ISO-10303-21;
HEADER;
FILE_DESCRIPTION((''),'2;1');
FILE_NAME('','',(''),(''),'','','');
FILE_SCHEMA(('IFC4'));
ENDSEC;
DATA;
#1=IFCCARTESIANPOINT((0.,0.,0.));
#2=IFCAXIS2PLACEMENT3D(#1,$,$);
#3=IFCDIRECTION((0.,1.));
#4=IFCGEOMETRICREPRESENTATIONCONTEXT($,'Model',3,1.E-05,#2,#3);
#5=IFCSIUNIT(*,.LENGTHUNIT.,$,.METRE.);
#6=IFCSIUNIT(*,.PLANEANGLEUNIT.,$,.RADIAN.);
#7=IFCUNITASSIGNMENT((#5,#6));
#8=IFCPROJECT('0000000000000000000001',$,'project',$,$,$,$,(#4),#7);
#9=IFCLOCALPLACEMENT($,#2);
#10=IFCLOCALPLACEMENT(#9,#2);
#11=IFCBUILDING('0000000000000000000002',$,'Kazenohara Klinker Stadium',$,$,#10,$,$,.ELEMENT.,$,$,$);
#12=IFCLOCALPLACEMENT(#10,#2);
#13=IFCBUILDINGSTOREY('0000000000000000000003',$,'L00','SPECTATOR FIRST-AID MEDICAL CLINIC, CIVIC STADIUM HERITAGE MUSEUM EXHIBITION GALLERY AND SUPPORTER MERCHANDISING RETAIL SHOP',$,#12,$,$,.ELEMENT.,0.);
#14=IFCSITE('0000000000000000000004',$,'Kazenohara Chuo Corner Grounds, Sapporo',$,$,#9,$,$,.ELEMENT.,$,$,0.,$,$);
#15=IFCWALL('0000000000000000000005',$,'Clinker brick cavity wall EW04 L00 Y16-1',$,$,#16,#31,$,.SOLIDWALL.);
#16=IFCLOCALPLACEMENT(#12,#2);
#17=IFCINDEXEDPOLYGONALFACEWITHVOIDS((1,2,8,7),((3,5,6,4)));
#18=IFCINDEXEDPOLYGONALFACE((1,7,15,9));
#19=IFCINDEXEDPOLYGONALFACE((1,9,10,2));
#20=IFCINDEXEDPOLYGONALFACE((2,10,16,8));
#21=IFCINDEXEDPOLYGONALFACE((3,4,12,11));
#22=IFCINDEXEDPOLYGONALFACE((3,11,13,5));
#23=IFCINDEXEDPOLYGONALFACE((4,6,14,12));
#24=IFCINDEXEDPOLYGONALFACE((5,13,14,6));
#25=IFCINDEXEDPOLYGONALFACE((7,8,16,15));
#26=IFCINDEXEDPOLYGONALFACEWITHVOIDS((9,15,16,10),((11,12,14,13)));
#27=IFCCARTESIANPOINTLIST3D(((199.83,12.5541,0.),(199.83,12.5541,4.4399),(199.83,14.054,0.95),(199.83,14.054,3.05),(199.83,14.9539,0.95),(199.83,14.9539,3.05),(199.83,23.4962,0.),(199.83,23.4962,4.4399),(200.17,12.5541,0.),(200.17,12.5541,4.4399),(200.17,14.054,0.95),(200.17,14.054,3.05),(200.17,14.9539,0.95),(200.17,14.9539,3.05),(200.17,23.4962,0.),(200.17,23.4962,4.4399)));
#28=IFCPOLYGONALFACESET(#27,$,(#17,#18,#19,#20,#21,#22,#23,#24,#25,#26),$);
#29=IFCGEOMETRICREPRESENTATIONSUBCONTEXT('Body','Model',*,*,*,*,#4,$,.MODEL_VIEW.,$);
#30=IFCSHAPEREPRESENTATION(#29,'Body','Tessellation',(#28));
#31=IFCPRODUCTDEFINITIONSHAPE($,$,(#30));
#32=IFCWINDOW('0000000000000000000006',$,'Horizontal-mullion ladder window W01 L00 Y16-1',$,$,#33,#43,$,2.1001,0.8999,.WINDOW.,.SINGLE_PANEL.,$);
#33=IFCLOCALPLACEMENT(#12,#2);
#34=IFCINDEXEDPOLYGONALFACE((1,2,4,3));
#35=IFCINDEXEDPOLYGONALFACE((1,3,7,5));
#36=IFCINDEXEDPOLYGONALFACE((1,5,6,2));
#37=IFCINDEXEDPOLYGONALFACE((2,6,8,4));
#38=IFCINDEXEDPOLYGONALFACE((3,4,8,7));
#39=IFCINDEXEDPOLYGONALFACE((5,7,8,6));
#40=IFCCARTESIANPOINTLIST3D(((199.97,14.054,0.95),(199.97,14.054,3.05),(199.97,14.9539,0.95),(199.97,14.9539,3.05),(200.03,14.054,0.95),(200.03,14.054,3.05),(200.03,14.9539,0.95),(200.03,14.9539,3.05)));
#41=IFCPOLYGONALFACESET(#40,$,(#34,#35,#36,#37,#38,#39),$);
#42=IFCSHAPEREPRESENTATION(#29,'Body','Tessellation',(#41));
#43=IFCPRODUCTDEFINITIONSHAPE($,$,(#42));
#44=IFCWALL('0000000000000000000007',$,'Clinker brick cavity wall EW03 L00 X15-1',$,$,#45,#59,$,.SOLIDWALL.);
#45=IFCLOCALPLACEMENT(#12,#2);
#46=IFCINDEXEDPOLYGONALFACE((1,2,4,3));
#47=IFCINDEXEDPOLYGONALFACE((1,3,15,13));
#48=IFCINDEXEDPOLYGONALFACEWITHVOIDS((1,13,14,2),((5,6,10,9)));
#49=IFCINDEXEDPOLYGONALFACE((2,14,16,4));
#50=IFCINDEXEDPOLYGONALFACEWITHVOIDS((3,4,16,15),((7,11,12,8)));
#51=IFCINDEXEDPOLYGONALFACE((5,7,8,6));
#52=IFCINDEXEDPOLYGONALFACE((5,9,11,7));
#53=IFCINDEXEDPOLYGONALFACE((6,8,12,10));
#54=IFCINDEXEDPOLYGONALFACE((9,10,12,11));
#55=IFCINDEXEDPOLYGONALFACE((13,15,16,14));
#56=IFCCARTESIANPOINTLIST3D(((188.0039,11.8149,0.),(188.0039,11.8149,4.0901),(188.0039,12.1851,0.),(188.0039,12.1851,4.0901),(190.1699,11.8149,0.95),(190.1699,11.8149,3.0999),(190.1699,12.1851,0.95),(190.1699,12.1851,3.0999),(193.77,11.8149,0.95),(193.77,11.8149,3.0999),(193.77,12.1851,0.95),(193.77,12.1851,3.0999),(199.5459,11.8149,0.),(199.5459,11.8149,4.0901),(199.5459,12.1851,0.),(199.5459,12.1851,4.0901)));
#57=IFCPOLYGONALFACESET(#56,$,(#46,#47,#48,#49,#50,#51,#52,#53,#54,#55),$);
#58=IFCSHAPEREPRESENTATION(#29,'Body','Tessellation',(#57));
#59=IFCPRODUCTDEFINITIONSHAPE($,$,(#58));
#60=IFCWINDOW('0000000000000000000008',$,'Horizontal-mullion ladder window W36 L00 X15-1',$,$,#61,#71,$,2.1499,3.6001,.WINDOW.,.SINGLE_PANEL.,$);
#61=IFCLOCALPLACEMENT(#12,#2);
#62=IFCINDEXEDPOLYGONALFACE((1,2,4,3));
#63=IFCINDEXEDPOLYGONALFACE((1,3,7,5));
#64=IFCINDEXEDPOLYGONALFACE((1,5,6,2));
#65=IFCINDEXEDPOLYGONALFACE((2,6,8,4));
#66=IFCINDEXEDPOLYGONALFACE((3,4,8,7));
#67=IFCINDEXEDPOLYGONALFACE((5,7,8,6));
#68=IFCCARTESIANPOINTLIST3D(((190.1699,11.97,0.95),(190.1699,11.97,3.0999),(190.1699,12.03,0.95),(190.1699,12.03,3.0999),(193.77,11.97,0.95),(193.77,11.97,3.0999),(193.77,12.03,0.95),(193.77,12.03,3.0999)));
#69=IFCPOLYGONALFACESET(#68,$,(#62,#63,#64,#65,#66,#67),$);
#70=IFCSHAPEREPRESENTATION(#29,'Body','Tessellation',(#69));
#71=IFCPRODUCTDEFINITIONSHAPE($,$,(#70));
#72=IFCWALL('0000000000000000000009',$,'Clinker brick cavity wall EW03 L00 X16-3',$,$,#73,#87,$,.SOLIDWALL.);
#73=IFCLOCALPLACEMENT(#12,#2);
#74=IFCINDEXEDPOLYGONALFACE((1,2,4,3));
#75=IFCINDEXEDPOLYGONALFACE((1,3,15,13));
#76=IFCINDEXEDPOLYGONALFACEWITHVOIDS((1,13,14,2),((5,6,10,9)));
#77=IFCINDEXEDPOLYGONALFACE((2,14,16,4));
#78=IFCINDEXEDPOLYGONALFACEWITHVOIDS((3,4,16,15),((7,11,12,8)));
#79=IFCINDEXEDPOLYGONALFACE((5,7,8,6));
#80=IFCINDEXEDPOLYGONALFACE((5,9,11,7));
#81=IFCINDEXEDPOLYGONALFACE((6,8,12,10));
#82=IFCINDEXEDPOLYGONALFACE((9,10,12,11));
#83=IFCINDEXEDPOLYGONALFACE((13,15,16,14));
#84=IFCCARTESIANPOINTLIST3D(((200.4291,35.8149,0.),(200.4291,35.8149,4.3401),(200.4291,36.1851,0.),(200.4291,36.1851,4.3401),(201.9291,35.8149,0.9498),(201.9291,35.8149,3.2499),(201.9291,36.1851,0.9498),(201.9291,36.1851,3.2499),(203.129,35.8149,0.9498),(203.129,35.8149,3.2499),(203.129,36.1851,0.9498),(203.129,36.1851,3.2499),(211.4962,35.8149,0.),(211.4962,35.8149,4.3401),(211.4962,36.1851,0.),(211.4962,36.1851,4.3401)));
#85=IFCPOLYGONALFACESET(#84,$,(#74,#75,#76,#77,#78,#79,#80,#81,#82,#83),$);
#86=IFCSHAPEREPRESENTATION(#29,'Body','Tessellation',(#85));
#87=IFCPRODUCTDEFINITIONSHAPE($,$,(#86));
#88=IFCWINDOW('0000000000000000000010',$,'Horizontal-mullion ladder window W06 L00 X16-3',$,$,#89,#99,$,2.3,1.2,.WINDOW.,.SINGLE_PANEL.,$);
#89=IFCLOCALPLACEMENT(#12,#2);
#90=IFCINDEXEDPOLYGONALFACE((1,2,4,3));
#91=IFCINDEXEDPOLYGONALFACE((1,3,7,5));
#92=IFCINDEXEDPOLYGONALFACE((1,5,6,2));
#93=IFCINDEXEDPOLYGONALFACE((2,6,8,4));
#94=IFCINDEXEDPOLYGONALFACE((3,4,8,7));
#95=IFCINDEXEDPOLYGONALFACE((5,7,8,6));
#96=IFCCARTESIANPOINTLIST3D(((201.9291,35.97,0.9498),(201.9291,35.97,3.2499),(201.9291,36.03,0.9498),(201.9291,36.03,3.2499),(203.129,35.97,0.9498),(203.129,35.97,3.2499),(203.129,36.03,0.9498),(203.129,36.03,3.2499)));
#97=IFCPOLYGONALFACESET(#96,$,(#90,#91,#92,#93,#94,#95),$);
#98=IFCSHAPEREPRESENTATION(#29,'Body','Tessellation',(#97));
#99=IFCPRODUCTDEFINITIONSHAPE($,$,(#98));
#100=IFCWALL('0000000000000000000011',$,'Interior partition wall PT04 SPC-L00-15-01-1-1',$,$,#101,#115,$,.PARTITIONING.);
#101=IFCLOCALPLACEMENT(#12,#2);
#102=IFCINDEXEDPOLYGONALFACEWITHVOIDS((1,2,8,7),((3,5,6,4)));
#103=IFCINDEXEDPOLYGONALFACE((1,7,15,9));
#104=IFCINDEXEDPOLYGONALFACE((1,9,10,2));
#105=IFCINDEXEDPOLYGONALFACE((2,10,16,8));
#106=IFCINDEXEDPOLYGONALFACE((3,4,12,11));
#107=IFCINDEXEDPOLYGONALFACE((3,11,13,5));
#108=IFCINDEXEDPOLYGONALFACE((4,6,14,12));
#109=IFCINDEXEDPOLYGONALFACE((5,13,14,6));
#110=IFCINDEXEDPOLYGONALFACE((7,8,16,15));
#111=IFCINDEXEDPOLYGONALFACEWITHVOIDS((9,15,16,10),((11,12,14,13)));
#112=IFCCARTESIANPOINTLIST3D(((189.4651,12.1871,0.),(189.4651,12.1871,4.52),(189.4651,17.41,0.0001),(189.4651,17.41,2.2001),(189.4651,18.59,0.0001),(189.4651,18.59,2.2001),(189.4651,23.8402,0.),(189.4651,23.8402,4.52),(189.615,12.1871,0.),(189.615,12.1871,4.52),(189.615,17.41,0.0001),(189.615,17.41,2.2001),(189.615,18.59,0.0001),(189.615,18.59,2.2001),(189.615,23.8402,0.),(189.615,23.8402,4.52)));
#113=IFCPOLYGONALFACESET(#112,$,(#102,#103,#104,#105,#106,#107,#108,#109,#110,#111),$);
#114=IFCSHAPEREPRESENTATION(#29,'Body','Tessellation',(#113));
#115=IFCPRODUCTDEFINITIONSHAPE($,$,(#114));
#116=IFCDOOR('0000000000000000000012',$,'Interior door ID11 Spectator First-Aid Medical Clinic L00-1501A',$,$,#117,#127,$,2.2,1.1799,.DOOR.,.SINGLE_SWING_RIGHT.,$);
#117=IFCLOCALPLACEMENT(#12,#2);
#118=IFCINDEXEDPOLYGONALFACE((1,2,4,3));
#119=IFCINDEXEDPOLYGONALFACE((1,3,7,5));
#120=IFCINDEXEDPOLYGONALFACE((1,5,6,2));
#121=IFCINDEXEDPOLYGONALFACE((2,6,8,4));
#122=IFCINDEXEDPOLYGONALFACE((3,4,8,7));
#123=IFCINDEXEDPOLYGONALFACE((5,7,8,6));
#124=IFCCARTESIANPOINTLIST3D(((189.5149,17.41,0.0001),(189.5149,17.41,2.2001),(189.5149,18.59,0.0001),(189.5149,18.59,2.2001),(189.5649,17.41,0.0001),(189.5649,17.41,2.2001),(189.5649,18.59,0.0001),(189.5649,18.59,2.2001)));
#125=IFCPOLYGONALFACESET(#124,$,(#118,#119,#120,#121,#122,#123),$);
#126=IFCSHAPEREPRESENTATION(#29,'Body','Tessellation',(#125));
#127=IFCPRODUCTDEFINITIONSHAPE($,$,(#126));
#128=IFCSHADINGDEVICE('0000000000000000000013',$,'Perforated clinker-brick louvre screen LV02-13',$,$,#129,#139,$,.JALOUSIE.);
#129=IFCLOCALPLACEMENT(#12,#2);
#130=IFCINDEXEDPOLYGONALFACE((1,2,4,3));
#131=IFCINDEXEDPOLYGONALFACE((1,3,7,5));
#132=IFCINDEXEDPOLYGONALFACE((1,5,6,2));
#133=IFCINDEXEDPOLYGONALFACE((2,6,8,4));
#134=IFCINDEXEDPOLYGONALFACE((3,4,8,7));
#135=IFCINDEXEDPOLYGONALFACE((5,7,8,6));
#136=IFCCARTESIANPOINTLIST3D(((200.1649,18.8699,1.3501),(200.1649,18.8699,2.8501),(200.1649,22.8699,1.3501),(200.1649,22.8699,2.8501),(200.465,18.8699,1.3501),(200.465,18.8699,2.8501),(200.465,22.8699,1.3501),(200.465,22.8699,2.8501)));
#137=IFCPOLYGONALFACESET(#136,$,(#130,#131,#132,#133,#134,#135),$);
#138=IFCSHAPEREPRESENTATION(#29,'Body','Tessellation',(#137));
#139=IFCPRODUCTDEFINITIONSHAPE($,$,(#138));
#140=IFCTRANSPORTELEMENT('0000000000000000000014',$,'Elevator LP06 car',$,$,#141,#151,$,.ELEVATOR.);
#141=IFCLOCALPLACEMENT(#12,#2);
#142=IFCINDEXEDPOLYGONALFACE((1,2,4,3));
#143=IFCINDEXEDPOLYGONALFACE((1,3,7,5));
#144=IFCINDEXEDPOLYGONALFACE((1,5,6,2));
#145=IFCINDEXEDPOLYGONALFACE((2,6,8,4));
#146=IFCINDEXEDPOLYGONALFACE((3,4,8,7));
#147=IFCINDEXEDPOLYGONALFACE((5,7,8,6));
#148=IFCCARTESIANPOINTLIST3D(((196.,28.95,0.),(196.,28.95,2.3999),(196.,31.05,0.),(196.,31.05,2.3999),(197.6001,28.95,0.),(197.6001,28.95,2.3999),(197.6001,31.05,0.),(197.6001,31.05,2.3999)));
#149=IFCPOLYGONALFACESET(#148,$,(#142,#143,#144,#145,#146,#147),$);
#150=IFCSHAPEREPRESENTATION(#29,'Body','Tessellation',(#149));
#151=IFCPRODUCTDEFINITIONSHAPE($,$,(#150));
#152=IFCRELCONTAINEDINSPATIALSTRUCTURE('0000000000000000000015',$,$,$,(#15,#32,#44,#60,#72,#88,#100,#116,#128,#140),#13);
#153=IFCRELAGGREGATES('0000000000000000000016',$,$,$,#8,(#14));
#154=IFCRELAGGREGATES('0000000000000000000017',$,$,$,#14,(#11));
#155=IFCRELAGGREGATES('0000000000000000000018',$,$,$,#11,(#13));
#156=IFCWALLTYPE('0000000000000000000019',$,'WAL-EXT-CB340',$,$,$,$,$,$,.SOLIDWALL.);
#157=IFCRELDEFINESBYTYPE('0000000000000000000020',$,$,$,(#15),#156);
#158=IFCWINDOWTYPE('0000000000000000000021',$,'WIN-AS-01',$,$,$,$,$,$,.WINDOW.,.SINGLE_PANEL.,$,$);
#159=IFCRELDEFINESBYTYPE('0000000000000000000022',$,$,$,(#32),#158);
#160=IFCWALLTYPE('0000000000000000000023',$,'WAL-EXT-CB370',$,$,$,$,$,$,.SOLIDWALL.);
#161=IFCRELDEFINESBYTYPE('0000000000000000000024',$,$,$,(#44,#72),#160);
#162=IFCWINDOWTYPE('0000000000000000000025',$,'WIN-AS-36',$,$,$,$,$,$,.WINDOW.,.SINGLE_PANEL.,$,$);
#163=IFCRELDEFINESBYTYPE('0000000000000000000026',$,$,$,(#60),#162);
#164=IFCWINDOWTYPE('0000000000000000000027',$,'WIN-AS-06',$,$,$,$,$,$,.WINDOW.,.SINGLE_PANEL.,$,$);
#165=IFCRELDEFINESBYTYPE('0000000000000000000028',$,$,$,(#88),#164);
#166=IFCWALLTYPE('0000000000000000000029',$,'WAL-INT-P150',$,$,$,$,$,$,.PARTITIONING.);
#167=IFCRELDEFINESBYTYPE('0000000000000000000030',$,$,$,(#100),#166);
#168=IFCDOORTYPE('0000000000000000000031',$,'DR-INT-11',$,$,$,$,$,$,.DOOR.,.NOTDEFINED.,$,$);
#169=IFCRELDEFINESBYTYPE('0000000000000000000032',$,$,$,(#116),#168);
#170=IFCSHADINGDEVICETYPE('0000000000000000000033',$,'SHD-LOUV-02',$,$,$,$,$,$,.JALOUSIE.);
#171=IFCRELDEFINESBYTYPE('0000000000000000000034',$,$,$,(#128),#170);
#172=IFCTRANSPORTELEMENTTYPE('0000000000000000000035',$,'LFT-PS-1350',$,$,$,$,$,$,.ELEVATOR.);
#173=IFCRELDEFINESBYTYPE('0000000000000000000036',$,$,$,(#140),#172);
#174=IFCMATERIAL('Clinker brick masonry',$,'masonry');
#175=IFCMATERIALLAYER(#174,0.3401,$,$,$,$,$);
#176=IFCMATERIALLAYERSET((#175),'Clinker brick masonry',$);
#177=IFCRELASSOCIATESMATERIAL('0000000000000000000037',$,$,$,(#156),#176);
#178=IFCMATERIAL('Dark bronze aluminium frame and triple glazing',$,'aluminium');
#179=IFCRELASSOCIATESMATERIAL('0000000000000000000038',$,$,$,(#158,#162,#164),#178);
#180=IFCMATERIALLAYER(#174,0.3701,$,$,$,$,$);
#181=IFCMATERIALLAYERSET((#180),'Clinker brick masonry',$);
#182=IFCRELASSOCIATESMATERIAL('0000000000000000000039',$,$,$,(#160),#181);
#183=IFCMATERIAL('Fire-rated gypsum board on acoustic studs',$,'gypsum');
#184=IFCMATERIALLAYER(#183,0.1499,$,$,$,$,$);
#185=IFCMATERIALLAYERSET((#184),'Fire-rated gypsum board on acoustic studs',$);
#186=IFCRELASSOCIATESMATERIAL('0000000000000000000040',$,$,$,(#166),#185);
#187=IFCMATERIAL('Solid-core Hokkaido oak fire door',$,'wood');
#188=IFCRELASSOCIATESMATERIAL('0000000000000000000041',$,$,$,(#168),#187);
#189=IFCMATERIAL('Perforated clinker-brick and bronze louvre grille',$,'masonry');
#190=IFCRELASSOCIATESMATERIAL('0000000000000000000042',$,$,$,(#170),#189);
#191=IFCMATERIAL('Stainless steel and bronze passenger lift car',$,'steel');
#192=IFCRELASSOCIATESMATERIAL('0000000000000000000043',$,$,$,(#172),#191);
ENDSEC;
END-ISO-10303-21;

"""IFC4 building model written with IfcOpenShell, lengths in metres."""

from ifc_helpers import new_model, si_unit, direction, frame, frame_2d, origin, origin_2d, place, context, subcontext, project, spatial, rectangle, extrude, material, layer, layer_set, type_object, element, fill, save


model = new_model("IFC4")

# Units and contexts
model_context = context("Model", 3, precision=1e-05, world=origin(), true_north=direction((0.0, 1.0)))
body_context = subcontext(model_context, "Body", "Model", "MODEL_VIEW")
ifc_project = project(units=[si_unit("LENGTHUNIT", "METRE"), si_unit("PLANEANGLEUNIT", "RADIAN")], contexts=[model_context])

# Site, building, storey
site_placement = place(None, origin())
site = spatial("IfcSite", under=ifc_project, at=site_placement, Name="Kazenohara Chuo Corner Grounds, Sapporo", CompositionType="ELEMENT", RefElevation=0.0)
building_placement = place(site_placement, origin())
building = spatial("IfcBuilding", under=site, at=building_placement, Name="Kazenohara Klinker Stadium", CompositionType="ELEMENT")
storey_placement = place(building_placement, origin())
storey = spatial("IfcBuildingStorey", under=building, at=storey_placement, Name="L00", Description="SPECTATOR FIRST-AID MEDICAL CLINIC, CIVIC STADIUM HERITAGE MUSEUM EXHIBITION GALLERY AND SUPPORTER MERCHANDISING RETAIL SHOP", CompositionType="ELEMENT", Elevation=0.0)

# Walls, openings, windows
ifc_material_1 = material(Name="Clinker brick masonry", Category="masonry")
ifc_material_2 = material(Name="Dark bronze aluminium frame and triple glazing", Category="aluminium")
ifc_layer_1 = layer(ifc_material_1, 0.3401)
ifc_layer_set_1 = layer_set([ifc_layer_1], Name="Clinker brick masonry")
wall_type_1 = type_object("IfcWallType", Name="WAL-EXT-CB340", PredefinedType="SOLIDWALL", material=ifc_layer_set_1)
wall_1_placement = place(storey_placement, frame((200.0, 12.554, 0.0), z_axis=(0.0, 0.0, 1.0), x_axis=(0.0, 1.0, 0.0)))
wall_1 = element("IfcWall", 1, at=wall_1_placement, inside=storey, type_object=wall_type_1, Name="Clinker brick cavity wall EW04 L00 Y16-1", PredefinedType="SOLIDWALL", context=body_context, shape_type="SweptSolid", body=[
    extrude(rectangle(XDim=10.9421, YDim=0.3401, at=frame_2d((5.4712, 0.0))), origin(), (0.0, 0.0, 1.0), 4.4399),
])
opening_1_placement = place(wall_1_placement, frame((1.5, 0.0, 0.95)))
opening_1 = element("IfcOpeningElement", 2, at=opening_1_placement, cuts=wall_1, PredefinedType="OPENING", context=body_context, shape_type="SweptSolid", body=[
    extrude(rectangle(XDim=0.8999, YDim=2.1001, at=frame_2d((0.45, 1.05))), frame((0.0, 0.1802, 0.0), z_axis=(0.0, -1.0, 0.0), x_axis=(1.0, 0.0, 0.0)), (0.0, 0.0, 1.0), 0.3601),
])
window_type_1 = type_object("IfcWindowType", Name="WIN-AS-01", PartitioningType="SINGLE_PANEL", PredefinedType="WINDOW", material=ifc_material_2)
window_1_placement = place(opening_1_placement, origin())
window_1 = element("IfcWindow", 3, at=window_1_placement, inside=storey, type_object=window_type_1, Name="Horizontal-mullion ladder window W01 L00 Y16-1", OverallHeight=2.1001, OverallWidth=0.8999, PartitioningType="SINGLE_PANEL", PredefinedType="WINDOW", context=body_context, shape_type="SweptSolid", body=[
    extrude(rectangle(XDim=0.8999, YDim=2.1001, at=frame_2d((0.45, 1.05))), frame((0.0, 0.03, 0.0), z_axis=(0.0, -1.0, 0.0), x_axis=(1.0, 0.0, 0.0)), (0.0, 0.0, 1.0), 0.0601),
])
fill(opening_1, window_1)
ifc_layer_2 = layer(ifc_material_1, 0.3701)
ifc_layer_set_2 = layer_set([ifc_layer_2], Name="Clinker brick masonry")
wall_type_2 = type_object("IfcWallType", Name="WAL-EXT-CB370", PredefinedType="SOLIDWALL", material=ifc_layer_set_2)
wall_2_placement = place(storey_placement, frame((188.0039, 12.0, 0.0), z_axis=(0.0, 0.0, 1.0), x_axis=(1.0, 0.0, 0.0)))
wall_2 = element("IfcWall", 4, at=wall_2_placement, inside=storey, type_object=wall_type_2, Name="Clinker brick cavity wall EW03 L00 X15-1", PredefinedType="SOLIDWALL", context=body_context, shape_type="SweptSolid", body=[
    extrude(rectangle(XDim=11.542, YDim=0.3701, at=frame_2d((5.771, 0.0))), origin(), (0.0, 0.0, 1.0), 4.0901),
])
opening_2_placement = place(wall_2_placement, frame((2.166, 0.0, 0.95)))
opening_2 = element("IfcOpeningElement", 5, at=opening_2_placement, cuts=wall_2, PredefinedType="OPENING", context=body_context, shape_type="SweptSolid", body=[
    extrude(rectangle(XDim=3.6001, YDim=2.1499, at=frame_2d((1.8, 1.075))), frame((0.0, 0.1951, 0.0), z_axis=(0.0, -1.0, 0.0), x_axis=(1.0, 0.0, 0.0)), (0.0, 0.0, 1.0), 0.3901),
])
window_type_2 = type_object("IfcWindowType", Name="WIN-AS-36", PartitioningType="SINGLE_PANEL", PredefinedType="WINDOW", material=ifc_material_2)
window_2_placement = place(opening_2_placement, origin())
window_2 = element("IfcWindow", 6, at=window_2_placement, inside=storey, type_object=window_type_2, Name="Horizontal-mullion ladder window W36 L00 X15-1", OverallHeight=2.1499, OverallWidth=3.6001, PartitioningType="SINGLE_PANEL", PredefinedType="WINDOW", context=body_context, shape_type="SweptSolid", body=[
    extrude(rectangle(XDim=3.6001, YDim=2.1499, at=frame_2d((1.8, 1.075))), frame((0.0, 0.03, 0.0), z_axis=(0.0, -1.0, 0.0), x_axis=(1.0, 0.0, 0.0)), (0.0, 0.0, 1.0), 0.0601),
])
fill(opening_2, window_2)
wall_3_placement = place(storey_placement, frame((200.429, 36.0, 0.0), z_axis=(0.0, 0.0, 1.0), x_axis=(1.0, 0.0, 0.0)))
wall_3 = element("IfcWall", 7, at=wall_3_placement, inside=storey, type_object=wall_type_2, Name="Clinker brick cavity wall EW03 L00 X16-3", PredefinedType="SOLIDWALL", context=body_context, shape_type="SweptSolid", body=[
    extrude(rectangle(XDim=11.0671, YDim=0.3701, at=frame_2d((5.5337, 0.0))), origin(), (0.0, 0.0, 1.0), 4.3401),
])
opening_3_placement = place(wall_3_placement, frame((1.5, 0.0, 0.95)))
opening_3 = element("IfcOpeningElement", 8, at=opening_3_placement, cuts=wall_3, PredefinedType="OPENING", context=body_context, shape_type="SweptSolid", body=[
    extrude(rectangle(XDim=1.2, YDim=2.3, at=frame_2d((0.6001, 1.1499))), frame((0.0, 0.1951, 0.0), z_axis=(0.0, -1.0, 0.0), x_axis=(1.0, 0.0, 0.0)), (0.0, 0.0, 1.0), 0.3901),
])
window_type_3 = type_object("IfcWindowType", Name="WIN-AS-06", PartitioningType="SINGLE_PANEL", PredefinedType="WINDOW", material=ifc_material_2)
window_3_placement = place(opening_3_placement, origin())
window_3 = element("IfcWindow", 9, at=window_3_placement, inside=storey, type_object=window_type_3, Name="Horizontal-mullion ladder window W06 L00 X16-3", OverallHeight=2.3, OverallWidth=1.2, PartitioningType="SINGLE_PANEL", PredefinedType="WINDOW", context=body_context, shape_type="SweptSolid", body=[
    extrude(rectangle(XDim=1.2, YDim=2.3, at=frame_2d((0.6001, 1.1499))), frame((0.0, 0.03, 0.0), z_axis=(0.0, -1.0, 0.0), x_axis=(1.0, 0.0, 0.0)), (0.0, 0.0, 1.0), 0.0601),
])
fill(opening_3, window_3)

# Wall, opening, door
ifc_material_3 = material(Name="Fire-rated gypsum board on acoustic studs", Category="gypsum")
ifc_layer_3 = layer(ifc_material_3, 0.1499)
ifc_layer_set_3 = layer_set([ifc_layer_3], Name="Fire-rated gypsum board on acoustic studs")
wall_type_3 = type_object("IfcWallType", Name="WAL-INT-P150", PredefinedType="PARTITIONING", material=ifc_layer_set_3)
wall_4_placement = place(storey_placement, frame((189.54, 12.187, 0.0), z_axis=(0.0, 0.0, 1.0), x_axis=(0.0, 1.0, 0.0)))
wall_4 = element("IfcWall", 10, at=wall_4_placement, inside=storey, type_object=wall_type_3, Name="Interior partition wall PT04 SPC-L00-15-01-1-1", PredefinedType="PARTITIONING", context=body_context, shape_type="SweptSolid", body=[
    extrude(rectangle(XDim=11.6531, YDim=0.1499, at=frame_2d((5.8267, 0.0))), origin(), (0.0, 0.0, 1.0), 4.52),
])
opening_4_placement = place(wall_4_placement, frame((6.4028, 0.0, 0.0), z_axis=(0.0, 0.0, 1.0), x_axis=(-1.0, 0.0, 0.0)))
opening_4 = element("IfcOpeningElement", 11, at=opening_4_placement, cuts=wall_4, PredefinedType="OPENING", context=body_context, shape_type="SweptSolid", body=[
    extrude(rectangle(XDim=1.1799, YDim=2.2, at=frame_2d((0.5898, 1.1001))), frame((0.0, 0.085, 0.0), z_axis=(0.0, -1.0, 0.0), x_axis=(1.0, 0.0, 0.0)), (0.0, 0.0, 1.0), 0.1699),
])
ifc_material_4 = material(Name="Solid-core Hokkaido oak fire door", Category="wood")
door_type_1 = type_object("IfcDoorType", Name="DR-INT-11", OperationType="NOTDEFINED", PredefinedType="DOOR", material=ifc_material_4)
door_1_placement = place(opening_4_placement, origin())
door_1 = element("IfcDoor", 12, at=door_1_placement, inside=storey, type_object=door_type_1, Name="Interior door ID11 Spectator First-Aid Medical Clinic L00-1501A", OperationType="SINGLE_SWING_RIGHT", OverallHeight=2.2, OverallWidth=1.1799, PredefinedType="DOOR", context=body_context, shape_type="SweptSolid", body=[
    extrude(rectangle(XDim=1.1799, YDim=2.2, at=frame_2d((0.5898, 1.1001))), frame((0.0, 0.0249, 0.0), z_axis=(0.0, -1.0, 0.0), x_axis=(1.0, 0.0, 0.0)), (0.0, 0.0, 1.0), 0.05),
])
fill(opening_4, door_1)

# Shading device
ifc_material_5 = material(Name="Perforated clinker-brick and bronze louvre grille", Category="masonry")
shading_device_type = type_object("IfcShadingDeviceType", Name="SHD-LOUV-02", PredefinedType="JALOUSIE", material=ifc_material_5)
shading_device_placement = place(storey_placement, frame((200.3149, 20.8699, 1.3501), z_axis=(0.0, 0.0, 1.0), x_axis=(0.0, 1.0, 0.0)))
element("IfcShadingDevice", 13, at=shading_device_placement, inside=storey, type_object=shading_device_type, Name="Perforated clinker-brick louvre screen LV02-13", PredefinedType="JALOUSIE", context=body_context, shape_type="SweptSolid", body=[
    extrude(rectangle(XDim=4.0, YDim=0.3, at=origin_2d()), origin(), (0.0, 0.0, 1.0), 1.5),
])

# Transport element
ifc_material_6 = material(Name="Stainless steel and bronze passenger lift car", Category="steel")
transport_element_type = type_object("IfcTransportElementType", Name="LFT-PS-1350", PredefinedType="ELEVATOR", material=ifc_material_6)
transport_element_placement = place(storey_placement, frame((196.8, 30.0, 0.0), z_axis=(0.0, 0.0, 1.0), x_axis=(1.0, 0.0, 0.0)))
element("IfcTransportElement", 14, at=transport_element_placement, inside=storey, type_object=transport_element_type, Name="Elevator LP06 car", PredefinedType="ELEVATOR", context=body_context, shape_type="SweptSolid", body=[
    extrude(rectangle(XDim=1.6001, YDim=2.1001, at=origin_2d()), origin(), (0.0, 0.0, 1.0), 2.3999),
])

save(model, "model.ifc")
